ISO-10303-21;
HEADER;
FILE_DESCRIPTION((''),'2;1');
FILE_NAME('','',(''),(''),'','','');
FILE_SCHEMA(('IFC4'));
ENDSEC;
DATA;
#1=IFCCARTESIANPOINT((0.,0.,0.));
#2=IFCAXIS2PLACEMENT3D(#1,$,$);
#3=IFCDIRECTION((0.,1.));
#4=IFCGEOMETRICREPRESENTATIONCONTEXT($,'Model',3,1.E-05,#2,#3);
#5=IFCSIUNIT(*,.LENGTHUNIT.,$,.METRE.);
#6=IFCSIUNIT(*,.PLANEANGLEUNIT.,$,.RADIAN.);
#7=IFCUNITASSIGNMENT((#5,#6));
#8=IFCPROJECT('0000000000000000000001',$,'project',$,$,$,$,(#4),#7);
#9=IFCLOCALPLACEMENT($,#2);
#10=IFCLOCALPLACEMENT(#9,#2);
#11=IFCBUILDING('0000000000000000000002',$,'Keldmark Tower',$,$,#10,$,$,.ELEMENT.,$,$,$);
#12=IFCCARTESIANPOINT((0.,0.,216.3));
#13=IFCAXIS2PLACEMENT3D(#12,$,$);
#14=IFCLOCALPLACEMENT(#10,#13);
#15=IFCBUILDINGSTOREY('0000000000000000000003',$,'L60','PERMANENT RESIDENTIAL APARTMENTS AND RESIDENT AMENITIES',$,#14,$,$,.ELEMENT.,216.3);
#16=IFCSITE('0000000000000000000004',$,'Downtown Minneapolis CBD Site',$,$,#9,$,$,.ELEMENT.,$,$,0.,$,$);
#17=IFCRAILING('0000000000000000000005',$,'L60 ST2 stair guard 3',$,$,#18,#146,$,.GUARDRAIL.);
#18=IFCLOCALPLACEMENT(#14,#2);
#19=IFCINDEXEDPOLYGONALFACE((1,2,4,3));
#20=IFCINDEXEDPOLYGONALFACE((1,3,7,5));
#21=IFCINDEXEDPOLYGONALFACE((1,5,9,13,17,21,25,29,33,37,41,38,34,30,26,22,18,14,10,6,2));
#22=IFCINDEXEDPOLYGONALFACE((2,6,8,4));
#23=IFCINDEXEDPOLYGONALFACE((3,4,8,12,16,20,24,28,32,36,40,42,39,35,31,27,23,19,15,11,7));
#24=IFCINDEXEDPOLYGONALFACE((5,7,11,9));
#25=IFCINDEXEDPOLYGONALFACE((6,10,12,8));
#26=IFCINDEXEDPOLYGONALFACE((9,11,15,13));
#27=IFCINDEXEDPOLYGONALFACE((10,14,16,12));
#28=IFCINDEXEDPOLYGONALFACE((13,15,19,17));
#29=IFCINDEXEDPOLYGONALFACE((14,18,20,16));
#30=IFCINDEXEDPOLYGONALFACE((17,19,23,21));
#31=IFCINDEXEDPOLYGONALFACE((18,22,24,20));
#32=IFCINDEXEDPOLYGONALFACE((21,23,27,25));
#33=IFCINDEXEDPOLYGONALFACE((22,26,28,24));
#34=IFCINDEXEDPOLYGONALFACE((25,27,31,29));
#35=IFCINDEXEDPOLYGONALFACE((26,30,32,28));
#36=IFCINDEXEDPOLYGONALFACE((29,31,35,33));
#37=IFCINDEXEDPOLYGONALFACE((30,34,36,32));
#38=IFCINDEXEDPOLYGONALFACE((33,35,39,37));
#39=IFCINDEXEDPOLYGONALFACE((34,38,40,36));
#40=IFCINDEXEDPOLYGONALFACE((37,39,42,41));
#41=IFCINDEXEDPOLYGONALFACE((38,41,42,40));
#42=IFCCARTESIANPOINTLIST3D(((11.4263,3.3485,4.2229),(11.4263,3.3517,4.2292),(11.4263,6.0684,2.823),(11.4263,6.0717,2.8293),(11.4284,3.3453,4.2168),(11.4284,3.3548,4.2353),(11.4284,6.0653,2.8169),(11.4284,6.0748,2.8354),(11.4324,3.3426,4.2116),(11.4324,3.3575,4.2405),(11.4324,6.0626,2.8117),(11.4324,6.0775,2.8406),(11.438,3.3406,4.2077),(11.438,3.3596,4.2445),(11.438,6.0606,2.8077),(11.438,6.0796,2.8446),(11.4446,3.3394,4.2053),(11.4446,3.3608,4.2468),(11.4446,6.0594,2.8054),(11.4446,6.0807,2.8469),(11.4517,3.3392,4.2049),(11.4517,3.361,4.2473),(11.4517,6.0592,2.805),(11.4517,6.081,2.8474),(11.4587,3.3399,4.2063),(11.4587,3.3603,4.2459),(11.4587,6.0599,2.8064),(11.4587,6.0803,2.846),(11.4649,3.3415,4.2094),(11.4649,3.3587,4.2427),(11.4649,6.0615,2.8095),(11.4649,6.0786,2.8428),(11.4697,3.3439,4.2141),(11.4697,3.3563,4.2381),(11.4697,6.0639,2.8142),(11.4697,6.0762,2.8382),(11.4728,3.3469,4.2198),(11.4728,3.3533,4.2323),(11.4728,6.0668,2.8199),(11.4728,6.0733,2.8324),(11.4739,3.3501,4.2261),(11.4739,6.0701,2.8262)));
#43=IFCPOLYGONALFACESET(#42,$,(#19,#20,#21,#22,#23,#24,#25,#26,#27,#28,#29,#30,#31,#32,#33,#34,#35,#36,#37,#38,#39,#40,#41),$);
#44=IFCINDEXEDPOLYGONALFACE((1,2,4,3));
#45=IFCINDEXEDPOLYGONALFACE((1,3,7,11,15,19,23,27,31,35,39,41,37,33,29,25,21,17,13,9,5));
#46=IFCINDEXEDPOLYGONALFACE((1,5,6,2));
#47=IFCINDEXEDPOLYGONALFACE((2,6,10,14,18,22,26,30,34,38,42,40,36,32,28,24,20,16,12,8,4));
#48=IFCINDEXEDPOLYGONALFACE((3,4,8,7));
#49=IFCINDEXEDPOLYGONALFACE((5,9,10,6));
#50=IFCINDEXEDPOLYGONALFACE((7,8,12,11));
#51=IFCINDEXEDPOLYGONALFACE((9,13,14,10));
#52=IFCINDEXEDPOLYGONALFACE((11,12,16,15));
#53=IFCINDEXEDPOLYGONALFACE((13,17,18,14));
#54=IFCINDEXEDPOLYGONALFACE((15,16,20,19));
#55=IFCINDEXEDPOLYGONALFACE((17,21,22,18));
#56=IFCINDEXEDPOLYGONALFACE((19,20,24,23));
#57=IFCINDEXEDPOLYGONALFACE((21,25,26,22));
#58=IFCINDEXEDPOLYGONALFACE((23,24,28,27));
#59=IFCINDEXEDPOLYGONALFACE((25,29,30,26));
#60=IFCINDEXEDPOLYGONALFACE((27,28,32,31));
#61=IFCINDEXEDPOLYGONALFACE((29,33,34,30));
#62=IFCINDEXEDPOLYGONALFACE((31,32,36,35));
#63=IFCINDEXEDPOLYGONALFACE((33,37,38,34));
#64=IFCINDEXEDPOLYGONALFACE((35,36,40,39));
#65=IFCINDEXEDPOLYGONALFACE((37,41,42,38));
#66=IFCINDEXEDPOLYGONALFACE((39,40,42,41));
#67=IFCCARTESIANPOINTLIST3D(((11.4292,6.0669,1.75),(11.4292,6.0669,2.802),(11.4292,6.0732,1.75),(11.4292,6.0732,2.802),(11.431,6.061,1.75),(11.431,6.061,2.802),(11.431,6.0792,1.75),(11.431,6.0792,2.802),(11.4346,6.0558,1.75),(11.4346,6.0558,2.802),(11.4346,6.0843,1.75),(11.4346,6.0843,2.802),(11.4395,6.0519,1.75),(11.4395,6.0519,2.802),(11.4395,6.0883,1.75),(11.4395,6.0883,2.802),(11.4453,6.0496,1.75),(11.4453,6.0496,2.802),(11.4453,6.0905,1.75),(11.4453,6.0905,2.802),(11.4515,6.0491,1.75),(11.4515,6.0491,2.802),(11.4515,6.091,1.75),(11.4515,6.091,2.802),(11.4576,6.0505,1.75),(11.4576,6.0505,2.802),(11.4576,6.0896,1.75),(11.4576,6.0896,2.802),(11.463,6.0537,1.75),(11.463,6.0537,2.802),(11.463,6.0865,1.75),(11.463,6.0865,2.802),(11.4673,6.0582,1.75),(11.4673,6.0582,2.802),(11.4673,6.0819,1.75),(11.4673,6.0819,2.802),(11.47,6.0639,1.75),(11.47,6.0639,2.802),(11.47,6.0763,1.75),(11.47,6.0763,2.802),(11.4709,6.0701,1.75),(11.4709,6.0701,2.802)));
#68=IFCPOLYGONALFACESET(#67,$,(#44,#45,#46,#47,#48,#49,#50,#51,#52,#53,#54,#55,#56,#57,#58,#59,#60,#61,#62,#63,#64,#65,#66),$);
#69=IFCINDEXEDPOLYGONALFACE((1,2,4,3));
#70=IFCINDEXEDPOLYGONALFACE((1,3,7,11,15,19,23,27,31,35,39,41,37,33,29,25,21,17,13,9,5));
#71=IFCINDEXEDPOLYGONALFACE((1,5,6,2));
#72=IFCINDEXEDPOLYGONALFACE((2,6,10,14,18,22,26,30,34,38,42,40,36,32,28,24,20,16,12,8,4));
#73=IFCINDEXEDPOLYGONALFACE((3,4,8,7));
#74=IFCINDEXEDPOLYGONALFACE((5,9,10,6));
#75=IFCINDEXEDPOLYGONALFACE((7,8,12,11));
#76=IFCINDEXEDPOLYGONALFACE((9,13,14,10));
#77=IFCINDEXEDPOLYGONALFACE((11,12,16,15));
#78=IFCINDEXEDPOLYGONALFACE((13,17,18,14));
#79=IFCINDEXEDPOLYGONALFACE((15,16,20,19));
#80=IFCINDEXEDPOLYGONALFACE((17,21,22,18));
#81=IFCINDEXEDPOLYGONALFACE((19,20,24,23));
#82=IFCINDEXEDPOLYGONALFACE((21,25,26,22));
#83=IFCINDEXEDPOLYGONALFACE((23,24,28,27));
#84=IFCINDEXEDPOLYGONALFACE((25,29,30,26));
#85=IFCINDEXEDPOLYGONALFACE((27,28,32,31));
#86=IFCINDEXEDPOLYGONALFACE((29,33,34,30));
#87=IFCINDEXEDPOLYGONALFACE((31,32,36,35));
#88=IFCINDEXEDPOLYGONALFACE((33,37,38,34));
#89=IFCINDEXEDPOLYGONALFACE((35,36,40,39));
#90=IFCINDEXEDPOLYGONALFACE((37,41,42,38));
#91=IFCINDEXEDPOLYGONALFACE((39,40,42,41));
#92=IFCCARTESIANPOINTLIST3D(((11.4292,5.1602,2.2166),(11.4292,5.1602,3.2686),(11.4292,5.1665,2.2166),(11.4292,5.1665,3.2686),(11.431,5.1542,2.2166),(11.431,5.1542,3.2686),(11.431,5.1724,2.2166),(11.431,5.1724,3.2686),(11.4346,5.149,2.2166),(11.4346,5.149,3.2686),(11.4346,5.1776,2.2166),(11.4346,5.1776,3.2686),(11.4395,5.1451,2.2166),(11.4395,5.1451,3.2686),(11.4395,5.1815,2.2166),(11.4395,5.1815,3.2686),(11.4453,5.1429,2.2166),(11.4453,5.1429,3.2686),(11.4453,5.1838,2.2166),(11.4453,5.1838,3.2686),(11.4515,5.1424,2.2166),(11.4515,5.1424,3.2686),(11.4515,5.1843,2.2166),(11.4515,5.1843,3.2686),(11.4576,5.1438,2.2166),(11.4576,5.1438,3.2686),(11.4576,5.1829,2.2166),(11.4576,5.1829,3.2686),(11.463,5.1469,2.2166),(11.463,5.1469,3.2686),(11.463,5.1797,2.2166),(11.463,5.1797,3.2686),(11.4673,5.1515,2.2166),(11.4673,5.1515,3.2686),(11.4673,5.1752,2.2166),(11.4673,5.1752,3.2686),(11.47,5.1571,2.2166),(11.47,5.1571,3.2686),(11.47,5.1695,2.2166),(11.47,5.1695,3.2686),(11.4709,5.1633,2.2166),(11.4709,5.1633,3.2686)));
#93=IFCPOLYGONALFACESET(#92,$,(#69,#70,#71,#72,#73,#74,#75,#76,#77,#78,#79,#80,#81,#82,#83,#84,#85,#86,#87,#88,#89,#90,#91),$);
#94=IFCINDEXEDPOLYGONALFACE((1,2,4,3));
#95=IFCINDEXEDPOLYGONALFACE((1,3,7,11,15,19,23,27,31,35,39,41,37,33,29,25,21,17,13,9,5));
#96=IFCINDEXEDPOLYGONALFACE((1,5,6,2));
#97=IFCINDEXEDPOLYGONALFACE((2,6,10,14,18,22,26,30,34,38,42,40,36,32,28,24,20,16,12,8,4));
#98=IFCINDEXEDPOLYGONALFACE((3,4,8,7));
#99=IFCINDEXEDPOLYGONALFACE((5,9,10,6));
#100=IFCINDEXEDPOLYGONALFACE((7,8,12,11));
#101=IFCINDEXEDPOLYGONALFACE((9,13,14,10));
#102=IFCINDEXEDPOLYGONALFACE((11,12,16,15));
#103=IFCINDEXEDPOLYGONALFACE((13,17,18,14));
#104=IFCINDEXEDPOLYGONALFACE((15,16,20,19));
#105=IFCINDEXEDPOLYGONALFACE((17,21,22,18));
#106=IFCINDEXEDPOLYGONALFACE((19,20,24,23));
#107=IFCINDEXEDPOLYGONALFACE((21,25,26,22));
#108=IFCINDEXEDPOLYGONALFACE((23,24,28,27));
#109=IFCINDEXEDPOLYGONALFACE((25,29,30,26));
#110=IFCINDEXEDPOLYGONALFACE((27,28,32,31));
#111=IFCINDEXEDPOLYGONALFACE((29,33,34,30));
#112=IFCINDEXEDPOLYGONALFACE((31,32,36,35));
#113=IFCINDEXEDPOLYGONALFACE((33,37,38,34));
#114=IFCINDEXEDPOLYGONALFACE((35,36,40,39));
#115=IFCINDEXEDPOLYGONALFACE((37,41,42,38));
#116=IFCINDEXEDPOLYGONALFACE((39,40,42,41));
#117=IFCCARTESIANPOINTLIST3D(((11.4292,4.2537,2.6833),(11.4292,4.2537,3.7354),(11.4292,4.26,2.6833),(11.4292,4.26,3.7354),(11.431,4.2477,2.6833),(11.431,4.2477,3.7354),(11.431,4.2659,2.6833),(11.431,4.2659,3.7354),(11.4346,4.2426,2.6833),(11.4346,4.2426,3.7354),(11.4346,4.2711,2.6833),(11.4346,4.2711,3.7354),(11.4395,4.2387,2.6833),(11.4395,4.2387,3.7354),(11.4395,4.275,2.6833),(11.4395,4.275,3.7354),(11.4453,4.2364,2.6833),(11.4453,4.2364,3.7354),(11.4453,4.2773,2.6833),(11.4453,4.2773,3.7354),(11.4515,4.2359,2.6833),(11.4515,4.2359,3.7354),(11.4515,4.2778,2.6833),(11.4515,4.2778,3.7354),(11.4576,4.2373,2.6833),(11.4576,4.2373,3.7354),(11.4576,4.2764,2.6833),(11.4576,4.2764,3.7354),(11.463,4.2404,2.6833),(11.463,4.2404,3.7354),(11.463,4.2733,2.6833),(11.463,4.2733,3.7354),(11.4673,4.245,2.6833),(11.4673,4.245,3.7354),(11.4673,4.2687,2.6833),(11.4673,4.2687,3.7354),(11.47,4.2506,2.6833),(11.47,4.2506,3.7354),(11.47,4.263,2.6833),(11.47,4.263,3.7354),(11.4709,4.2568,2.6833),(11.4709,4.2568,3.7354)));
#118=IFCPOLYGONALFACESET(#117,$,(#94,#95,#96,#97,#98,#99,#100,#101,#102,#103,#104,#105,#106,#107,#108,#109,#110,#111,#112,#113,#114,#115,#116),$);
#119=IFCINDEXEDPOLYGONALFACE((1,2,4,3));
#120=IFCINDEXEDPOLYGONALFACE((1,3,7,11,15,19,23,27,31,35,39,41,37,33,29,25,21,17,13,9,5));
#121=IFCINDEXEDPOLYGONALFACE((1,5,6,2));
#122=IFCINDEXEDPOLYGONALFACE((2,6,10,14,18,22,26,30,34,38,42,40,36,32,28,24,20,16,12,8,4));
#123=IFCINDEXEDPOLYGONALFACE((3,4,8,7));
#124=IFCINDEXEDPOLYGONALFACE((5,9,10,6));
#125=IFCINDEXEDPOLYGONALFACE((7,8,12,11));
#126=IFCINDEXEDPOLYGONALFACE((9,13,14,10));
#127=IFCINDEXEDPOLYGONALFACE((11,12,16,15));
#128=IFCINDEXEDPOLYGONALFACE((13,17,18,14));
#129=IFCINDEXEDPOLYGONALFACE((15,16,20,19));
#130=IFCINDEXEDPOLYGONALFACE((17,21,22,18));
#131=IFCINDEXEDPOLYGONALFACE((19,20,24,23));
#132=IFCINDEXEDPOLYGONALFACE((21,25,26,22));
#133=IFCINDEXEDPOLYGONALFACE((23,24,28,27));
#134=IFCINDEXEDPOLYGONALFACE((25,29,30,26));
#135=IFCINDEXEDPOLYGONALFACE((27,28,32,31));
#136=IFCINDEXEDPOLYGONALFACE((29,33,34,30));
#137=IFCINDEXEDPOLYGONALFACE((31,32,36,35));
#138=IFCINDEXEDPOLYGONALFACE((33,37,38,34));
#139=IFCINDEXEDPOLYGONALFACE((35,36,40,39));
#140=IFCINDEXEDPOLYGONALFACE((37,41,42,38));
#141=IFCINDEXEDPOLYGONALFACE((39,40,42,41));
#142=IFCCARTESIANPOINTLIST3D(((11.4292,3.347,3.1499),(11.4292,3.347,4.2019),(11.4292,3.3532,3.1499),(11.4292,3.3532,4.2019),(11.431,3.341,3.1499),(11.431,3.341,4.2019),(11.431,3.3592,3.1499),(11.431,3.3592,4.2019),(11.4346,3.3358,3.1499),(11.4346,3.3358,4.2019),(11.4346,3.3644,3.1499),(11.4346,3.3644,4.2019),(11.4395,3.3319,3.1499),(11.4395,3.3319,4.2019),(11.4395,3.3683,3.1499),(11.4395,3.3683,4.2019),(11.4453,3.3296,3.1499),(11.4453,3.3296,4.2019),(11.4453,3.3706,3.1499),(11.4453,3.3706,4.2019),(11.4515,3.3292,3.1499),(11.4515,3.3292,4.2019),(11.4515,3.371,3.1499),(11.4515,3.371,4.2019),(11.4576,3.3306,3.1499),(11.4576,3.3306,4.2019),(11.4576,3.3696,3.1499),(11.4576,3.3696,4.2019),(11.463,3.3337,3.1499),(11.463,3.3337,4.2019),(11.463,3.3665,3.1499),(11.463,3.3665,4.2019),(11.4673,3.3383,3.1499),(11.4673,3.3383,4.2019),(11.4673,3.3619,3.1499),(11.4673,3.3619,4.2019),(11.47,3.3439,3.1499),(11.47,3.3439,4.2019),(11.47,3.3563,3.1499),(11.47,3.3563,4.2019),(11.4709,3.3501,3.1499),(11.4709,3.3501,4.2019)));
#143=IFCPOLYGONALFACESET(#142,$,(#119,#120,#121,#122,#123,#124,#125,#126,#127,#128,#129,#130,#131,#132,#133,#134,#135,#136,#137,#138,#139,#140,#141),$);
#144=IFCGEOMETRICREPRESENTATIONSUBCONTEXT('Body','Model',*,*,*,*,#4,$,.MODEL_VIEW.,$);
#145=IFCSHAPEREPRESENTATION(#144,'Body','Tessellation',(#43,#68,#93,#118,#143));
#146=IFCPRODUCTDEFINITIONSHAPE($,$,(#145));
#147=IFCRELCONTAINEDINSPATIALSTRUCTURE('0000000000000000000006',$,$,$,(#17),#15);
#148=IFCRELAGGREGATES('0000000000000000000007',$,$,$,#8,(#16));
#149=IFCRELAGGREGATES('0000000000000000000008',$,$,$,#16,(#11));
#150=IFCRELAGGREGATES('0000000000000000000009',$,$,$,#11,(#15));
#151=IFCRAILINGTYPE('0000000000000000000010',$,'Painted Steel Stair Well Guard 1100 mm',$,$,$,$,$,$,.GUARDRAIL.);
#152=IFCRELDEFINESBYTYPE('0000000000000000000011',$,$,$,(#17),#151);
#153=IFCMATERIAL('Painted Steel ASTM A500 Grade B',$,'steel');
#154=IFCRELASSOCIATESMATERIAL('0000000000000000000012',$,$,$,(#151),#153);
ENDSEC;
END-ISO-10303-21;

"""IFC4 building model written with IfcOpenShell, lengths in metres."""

from ifc_helpers import new_model, si_unit, direction, frame, origin, origin_2d, place, context, subcontext, project, spatial, circle, extrude, material, type_object, element, save


model = new_model("IFC4")

# Units and contexts
model_context = context("Model", 3, precision=1e-05, world=origin(), true_north=direction((0.0, 1.0)))
body_context = subcontext(model_context, "Body", "Model", "MODEL_VIEW")
ifc_project = project(units=[si_unit("LENGTHUNIT", "METRE"), si_unit("PLANEANGLEUNIT", "RADIAN")], contexts=[model_context])

# Site, building, storey
site_placement = place(None, origin())
site = spatial("IfcSite", under=ifc_project, at=site_placement, Name="Downtown Minneapolis CBD Site", CompositionType="ELEMENT", RefElevation=0.0)
building_placement = place(site_placement, origin())
building = spatial("IfcBuilding", under=site, at=building_placement, Name="Keldmark Tower", CompositionType="ELEMENT")
storey_placement = place(building_placement, frame((0.0, 0.0, 216.3)))
storey = spatial("IfcBuildingStorey", under=building, at=storey_placement, Name="L60", Description="PERMANENT RESIDENTIAL APARTMENTS AND RESIDENT AMENITIES", CompositionType="ELEMENT", Elevation=216.3)

# Railing
ifc_material_1 = material(Name="Painted Steel ASTM A500 Grade B", Category="steel")
railing_type_1 = type_object("IfcRailingType", Name="Painted Steel Stair Well Guard 1100 mm", PredefinedType="GUARDRAIL", material=ifc_material_1)
railing_1_placement = place(storey_placement, frame((11.45, 6.0701, 1.75)))
element("IfcRailing", 1, at=railing_1_placement, inside=storey, type_object=railing_type_1, Name="L60 ST2 stair guard 3", PredefinedType="GUARDRAIL", context=body_context, shape_type="SweptSolid", body=[
    extrude(circle(Radius=0.0239, at=origin_2d()), frame((0.0, 0.0, 1.0762), z_axis=(0.0, -0.889147, 0.457622), x_axis=(1.0, 0.0, 0.0)), (0.0, 0.0, 1.0), 3.0591),
    extrude(circle(Radius=0.021, at=origin_2d()), origin(), (0.0, 0.0, 1.0), 1.052),
    extrude(circle(Radius=0.021, at=origin_2d()), frame((0.0, -0.9067, 0.4666)), (0.0, 0.0, 1.0), 1.052),
    extrude(circle(Radius=0.021, at=origin_2d()), frame((0.0, -1.8132, 0.9333)), (0.0, 0.0, 1.0), 1.052),
    extrude(circle(Radius=0.021, at=origin_2d()), frame((0.0, -2.72, 1.3999)), (0.0, 0.0, 1.0), 1.052),
])

save(model, "model.ifc")
